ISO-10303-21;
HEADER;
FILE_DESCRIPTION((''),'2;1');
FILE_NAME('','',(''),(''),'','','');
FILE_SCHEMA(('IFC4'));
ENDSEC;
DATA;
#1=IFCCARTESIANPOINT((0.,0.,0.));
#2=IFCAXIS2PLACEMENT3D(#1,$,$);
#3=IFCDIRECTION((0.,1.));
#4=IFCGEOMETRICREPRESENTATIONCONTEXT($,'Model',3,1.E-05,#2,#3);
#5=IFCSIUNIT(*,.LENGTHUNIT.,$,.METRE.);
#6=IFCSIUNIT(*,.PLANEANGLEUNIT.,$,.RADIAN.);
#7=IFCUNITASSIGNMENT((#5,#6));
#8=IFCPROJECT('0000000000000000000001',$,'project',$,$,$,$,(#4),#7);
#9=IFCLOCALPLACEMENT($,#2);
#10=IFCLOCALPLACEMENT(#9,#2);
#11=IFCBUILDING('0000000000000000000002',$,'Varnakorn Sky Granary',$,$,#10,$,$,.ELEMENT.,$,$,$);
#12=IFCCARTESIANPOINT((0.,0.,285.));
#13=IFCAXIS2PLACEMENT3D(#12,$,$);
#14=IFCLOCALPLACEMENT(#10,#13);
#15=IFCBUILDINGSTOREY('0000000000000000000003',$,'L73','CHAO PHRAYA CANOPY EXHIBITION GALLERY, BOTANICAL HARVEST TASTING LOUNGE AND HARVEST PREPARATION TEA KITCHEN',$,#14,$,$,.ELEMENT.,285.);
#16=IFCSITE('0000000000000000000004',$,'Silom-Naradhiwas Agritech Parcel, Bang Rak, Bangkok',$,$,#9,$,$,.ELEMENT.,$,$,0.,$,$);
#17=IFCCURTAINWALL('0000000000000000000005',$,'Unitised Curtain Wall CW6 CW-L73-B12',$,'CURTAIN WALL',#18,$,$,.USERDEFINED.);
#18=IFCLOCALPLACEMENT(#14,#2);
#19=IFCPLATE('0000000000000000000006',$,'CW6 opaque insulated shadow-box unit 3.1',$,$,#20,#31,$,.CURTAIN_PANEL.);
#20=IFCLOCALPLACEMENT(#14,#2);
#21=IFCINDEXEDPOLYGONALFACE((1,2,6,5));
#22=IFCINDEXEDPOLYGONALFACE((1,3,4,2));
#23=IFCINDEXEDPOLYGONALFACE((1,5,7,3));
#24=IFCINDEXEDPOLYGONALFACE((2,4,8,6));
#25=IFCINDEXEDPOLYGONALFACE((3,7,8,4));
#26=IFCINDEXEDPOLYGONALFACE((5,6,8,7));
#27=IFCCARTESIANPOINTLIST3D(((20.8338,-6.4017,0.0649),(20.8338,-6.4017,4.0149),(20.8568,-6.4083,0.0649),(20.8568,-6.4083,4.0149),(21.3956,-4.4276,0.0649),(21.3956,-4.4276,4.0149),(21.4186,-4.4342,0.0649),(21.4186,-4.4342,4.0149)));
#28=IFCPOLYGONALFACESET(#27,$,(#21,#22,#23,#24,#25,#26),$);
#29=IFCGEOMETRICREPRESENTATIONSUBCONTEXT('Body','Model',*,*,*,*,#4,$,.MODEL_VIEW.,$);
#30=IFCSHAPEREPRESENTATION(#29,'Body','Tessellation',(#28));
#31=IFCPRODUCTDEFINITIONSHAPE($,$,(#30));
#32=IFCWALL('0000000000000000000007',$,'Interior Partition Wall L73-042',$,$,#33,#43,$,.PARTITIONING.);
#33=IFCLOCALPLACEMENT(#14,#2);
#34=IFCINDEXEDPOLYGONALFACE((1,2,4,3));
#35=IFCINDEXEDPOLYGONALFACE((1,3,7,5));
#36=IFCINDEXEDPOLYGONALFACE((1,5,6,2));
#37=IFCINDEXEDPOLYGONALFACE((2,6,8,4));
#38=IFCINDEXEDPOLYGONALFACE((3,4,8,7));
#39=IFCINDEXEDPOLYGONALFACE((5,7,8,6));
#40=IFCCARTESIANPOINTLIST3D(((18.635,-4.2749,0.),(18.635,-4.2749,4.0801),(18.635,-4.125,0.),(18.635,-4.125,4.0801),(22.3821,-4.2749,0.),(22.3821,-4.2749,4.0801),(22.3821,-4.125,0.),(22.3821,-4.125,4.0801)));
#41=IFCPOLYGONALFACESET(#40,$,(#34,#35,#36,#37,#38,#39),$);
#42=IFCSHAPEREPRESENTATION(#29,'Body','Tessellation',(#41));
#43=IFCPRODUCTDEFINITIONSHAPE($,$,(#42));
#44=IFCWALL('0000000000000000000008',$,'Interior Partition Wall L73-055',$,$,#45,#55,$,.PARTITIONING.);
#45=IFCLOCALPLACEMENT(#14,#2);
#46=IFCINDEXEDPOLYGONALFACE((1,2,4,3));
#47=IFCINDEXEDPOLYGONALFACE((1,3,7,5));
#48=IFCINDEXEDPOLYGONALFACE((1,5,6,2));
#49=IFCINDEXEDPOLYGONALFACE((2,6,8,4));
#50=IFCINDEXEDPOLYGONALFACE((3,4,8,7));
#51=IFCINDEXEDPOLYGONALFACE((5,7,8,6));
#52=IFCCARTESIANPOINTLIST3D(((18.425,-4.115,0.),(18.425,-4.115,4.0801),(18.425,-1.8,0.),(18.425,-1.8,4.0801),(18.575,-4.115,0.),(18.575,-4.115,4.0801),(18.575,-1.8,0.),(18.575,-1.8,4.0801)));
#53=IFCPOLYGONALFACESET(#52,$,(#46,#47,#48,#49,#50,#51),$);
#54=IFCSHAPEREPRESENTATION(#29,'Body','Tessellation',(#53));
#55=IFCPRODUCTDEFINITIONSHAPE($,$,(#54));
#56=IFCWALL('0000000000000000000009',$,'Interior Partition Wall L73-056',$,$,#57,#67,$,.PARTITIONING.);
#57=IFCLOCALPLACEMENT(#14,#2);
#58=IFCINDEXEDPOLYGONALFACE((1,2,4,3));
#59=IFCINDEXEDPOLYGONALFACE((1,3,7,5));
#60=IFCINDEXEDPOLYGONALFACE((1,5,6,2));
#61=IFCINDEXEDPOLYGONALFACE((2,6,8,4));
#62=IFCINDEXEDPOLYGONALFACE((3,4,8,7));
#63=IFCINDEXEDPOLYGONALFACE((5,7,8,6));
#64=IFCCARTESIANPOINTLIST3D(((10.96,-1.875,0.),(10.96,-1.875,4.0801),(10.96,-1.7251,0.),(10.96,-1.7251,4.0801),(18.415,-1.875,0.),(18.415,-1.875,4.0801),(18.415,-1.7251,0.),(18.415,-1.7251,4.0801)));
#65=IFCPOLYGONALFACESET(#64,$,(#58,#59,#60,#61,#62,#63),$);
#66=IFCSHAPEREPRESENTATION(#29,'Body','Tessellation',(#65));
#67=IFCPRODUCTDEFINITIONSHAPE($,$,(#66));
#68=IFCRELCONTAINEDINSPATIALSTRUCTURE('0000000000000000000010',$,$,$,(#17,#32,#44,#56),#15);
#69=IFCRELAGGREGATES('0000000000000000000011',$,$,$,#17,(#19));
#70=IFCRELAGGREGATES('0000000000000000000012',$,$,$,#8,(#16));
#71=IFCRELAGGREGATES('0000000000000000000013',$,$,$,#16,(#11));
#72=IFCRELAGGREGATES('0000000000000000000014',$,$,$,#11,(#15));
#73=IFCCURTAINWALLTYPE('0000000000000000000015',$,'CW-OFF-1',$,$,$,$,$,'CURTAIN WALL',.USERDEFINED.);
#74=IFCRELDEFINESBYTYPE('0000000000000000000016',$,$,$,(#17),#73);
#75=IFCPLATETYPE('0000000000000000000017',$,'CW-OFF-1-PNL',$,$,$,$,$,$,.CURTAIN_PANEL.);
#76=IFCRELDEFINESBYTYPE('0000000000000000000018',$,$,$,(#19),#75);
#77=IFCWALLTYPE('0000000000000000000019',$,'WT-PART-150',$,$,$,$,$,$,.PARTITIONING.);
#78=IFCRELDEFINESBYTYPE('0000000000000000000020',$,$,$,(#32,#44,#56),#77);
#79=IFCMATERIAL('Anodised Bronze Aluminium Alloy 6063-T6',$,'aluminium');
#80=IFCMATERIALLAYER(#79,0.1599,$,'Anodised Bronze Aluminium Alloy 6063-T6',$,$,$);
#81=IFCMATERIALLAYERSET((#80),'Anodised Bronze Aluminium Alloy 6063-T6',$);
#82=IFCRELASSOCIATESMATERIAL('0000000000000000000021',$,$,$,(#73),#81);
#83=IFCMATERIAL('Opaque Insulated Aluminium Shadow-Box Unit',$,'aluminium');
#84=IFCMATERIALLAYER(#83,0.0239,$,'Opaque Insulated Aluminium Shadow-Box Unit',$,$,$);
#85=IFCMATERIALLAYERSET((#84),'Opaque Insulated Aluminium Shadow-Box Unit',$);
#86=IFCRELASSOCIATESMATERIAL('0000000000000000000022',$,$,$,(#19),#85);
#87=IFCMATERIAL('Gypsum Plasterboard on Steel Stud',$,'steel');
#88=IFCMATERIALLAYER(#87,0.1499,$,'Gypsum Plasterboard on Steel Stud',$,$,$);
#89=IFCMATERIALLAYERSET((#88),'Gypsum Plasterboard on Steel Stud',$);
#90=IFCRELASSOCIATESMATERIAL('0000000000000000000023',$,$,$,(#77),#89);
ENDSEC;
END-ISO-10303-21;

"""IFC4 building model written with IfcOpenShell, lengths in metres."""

from ifc_helpers import new_model, si_unit, direction, frame, frame_2d, origin, origin_2d, place, context, subcontext, project, spatial, rectangle, extrude, source, transform, mapped, material, layer, layer_set, type_object, element, aggregate, save


model = new_model("IFC4")

# Units and contexts
model_context = context("Model", 3, precision=1e-05, world=origin(), true_north=direction((0.0, 1.0)))
body_context = subcontext(model_context, "Body", "Model", "MODEL_VIEW")
ifc_project = project(units=[si_unit("LENGTHUNIT", "METRE"), si_unit("PLANEANGLEUNIT", "RADIAN")], contexts=[model_context])

# Site, building, storey
site_placement = place(None, origin())
site = spatial("IfcSite", under=ifc_project, at=site_placement, Name="Silom-Naradhiwas Agritech Parcel, Bang Rak, Bangkok", CompositionType="ELEMENT", RefElevation=0.0)
building_placement = place(site_placement, origin())
building = spatial("IfcBuilding", under=site, at=building_placement, Name="Varnakorn Sky Granary", CompositionType="ELEMENT")
storey_placement = place(building_placement, frame((0.0, 0.0, 285.0)))
storey = spatial("IfcBuildingStorey", under=building, at=storey_placement, Name="L73", Description="CHAO PHRAYA CANOPY EXHIBITION GALLERY, BOTANICAL HARVEST TASTING LOUNGE AND HARVEST PREPARATION TEA KITCHEN", CompositionType="ELEMENT", Elevation=285.0)

# Curtain wall
ifc_material_1 = material(Name="Anodised Bronze Aluminium Alloy 6063-T6", Category="aluminium")
ifc_layer_1 = layer(ifc_material_1, 0.1599, Name="Anodised Bronze Aluminium Alloy 6063-T6")
ifc_layer_set_1 = layer_set([ifc_layer_1], Name="Anodised Bronze Aluminium Alloy 6063-T6")
curtain_wall_type = type_object("IfcCurtainWallType", Name="CW-OFF-1", ElementType="CURTAIN WALL", PredefinedType="USERDEFINED", material=ifc_layer_set_1)
curtain_wall_placement = place(storey_placement, origin())
curtain_wall = element("IfcCurtainWall", 1, at=curtain_wall_placement, inside=storey, type_object=curtain_wall_type, Name="Unitised Curtain Wall CW6 CW-L73-B12", ObjectType="CURTAIN WALL", PredefinedType="USERDEFINED")

# Plate
plate_type = type_object("IfcPlateType", Name="CW-OFF-1-PNL", PredefinedType="CURTAIN_PANEL")
ifc_material_2 = material(Name="Opaque Insulated Aluminium Shadow-Box Unit", Category="aluminium")
ifc_layer_2 = layer(ifc_material_2, 0.0239, Name="Opaque Insulated Aluminium Shadow-Box Unit")
ifc_layer_set_2 = layer_set([ifc_layer_2], Name="Opaque Insulated Aluminium Shadow-Box Unit")
shared_shape_1 = source(origin(), body_context, "Body", "SweptSolid", [
    extrude(rectangle(XDim=2.0525, YDim=0.0239, at=origin_2d()), origin(), (0.0, 0.0, 1.0), 3.95),
])
plate_1_placement = place(storey_placement, frame((21.1262, -5.418, 0.0649), z_axis=(0.0, 0.0, 1.0), x_axis=(-0.273709, -0.961813, 0.0)))
plate_1 = element("IfcPlate", 2, at=plate_1_placement, type_object=plate_type, material=ifc_layer_set_2, Name="CW6 opaque insulated shadow-box unit 3.1", PredefinedType="CURTAIN_PANEL", context=body_context, shape_type="MappedRepresentation", body=[
    mapped(shared_shape_1, transform((0.0, 0.0, 0.0), x_axis=(1.0, 0.0, 0.0), y_axis=(0.0, 1.0, 0.0), z_axis=(0.0, 0.0, 1.0), scale=1.0)),
])
aggregate(curtain_wall, [plate_1])

# Walls
ifc_material_3 = material(Name="Gypsum Plasterboard on Steel Stud", Category="steel")
ifc_layer_3 = layer(ifc_material_3, 0.1499, Name="Gypsum Plasterboard on Steel Stud")
ifc_layer_set_3 = layer_set([ifc_layer_3], Name="Gypsum Plasterboard on Steel Stud")
wall_type = type_object("IfcWallType", Name="WT-PART-150", PredefinedType="PARTITIONING", material=ifc_layer_set_3)
wall_1_placement = place(storey_placement, frame((18.635, -4.2, 0.0), z_axis=(0.0, 0.0, 1.0), x_axis=(1.0, 0.0, 0.0)))
element("IfcWall", 3, at=wall_1_placement, inside=storey, type_object=wall_type, Name="Interior Partition Wall L73-042", PredefinedType="PARTITIONING", context=body_context, shape_type="SweptSolid", body=[
    extrude(rectangle(XDim=3.7471, YDim=0.1499, at=frame_2d((1.8735, 0.0))), origin(), (0.0, 0.0, 1.0), 4.0801),
])
wall_2_placement = place(storey_placement, frame((18.5, -4.115, 0.0), z_axis=(0.0, 0.0, 1.0), x_axis=(0.0, 1.0, 0.0)))
element("IfcWall", 4, at=wall_2_placement, inside=storey, type_object=wall_type, Name="Interior Partition Wall L73-055", PredefinedType="PARTITIONING", context=body_context, shape_type="SweptSolid", body=[
    extrude(rectangle(XDim=2.3149, YDim=0.1499, at=frame_2d((1.1575, 0.0))), origin(), (0.0, 0.0, 1.0), 4.0801),
])
wall_3_placement = place(storey_placement, frame((18.415, -1.8, 0.0), z_axis=(0.0, 0.0, 1.0), x_axis=(-1.0, 0.0, 0.0)))
element("IfcWall", 5, at=wall_3_placement, inside=storey, type_object=wall_type, Name="Interior Partition Wall L73-056", PredefinedType="PARTITIONING", context=body_context, shape_type="SweptSolid", body=[
    extrude(rectangle(XDim=7.4551, YDim=0.1499, at=frame_2d((3.7275, 0.0))), origin(), (0.0, 0.0, 1.0), 4.0801),
])

save(model, "model.ifc")
